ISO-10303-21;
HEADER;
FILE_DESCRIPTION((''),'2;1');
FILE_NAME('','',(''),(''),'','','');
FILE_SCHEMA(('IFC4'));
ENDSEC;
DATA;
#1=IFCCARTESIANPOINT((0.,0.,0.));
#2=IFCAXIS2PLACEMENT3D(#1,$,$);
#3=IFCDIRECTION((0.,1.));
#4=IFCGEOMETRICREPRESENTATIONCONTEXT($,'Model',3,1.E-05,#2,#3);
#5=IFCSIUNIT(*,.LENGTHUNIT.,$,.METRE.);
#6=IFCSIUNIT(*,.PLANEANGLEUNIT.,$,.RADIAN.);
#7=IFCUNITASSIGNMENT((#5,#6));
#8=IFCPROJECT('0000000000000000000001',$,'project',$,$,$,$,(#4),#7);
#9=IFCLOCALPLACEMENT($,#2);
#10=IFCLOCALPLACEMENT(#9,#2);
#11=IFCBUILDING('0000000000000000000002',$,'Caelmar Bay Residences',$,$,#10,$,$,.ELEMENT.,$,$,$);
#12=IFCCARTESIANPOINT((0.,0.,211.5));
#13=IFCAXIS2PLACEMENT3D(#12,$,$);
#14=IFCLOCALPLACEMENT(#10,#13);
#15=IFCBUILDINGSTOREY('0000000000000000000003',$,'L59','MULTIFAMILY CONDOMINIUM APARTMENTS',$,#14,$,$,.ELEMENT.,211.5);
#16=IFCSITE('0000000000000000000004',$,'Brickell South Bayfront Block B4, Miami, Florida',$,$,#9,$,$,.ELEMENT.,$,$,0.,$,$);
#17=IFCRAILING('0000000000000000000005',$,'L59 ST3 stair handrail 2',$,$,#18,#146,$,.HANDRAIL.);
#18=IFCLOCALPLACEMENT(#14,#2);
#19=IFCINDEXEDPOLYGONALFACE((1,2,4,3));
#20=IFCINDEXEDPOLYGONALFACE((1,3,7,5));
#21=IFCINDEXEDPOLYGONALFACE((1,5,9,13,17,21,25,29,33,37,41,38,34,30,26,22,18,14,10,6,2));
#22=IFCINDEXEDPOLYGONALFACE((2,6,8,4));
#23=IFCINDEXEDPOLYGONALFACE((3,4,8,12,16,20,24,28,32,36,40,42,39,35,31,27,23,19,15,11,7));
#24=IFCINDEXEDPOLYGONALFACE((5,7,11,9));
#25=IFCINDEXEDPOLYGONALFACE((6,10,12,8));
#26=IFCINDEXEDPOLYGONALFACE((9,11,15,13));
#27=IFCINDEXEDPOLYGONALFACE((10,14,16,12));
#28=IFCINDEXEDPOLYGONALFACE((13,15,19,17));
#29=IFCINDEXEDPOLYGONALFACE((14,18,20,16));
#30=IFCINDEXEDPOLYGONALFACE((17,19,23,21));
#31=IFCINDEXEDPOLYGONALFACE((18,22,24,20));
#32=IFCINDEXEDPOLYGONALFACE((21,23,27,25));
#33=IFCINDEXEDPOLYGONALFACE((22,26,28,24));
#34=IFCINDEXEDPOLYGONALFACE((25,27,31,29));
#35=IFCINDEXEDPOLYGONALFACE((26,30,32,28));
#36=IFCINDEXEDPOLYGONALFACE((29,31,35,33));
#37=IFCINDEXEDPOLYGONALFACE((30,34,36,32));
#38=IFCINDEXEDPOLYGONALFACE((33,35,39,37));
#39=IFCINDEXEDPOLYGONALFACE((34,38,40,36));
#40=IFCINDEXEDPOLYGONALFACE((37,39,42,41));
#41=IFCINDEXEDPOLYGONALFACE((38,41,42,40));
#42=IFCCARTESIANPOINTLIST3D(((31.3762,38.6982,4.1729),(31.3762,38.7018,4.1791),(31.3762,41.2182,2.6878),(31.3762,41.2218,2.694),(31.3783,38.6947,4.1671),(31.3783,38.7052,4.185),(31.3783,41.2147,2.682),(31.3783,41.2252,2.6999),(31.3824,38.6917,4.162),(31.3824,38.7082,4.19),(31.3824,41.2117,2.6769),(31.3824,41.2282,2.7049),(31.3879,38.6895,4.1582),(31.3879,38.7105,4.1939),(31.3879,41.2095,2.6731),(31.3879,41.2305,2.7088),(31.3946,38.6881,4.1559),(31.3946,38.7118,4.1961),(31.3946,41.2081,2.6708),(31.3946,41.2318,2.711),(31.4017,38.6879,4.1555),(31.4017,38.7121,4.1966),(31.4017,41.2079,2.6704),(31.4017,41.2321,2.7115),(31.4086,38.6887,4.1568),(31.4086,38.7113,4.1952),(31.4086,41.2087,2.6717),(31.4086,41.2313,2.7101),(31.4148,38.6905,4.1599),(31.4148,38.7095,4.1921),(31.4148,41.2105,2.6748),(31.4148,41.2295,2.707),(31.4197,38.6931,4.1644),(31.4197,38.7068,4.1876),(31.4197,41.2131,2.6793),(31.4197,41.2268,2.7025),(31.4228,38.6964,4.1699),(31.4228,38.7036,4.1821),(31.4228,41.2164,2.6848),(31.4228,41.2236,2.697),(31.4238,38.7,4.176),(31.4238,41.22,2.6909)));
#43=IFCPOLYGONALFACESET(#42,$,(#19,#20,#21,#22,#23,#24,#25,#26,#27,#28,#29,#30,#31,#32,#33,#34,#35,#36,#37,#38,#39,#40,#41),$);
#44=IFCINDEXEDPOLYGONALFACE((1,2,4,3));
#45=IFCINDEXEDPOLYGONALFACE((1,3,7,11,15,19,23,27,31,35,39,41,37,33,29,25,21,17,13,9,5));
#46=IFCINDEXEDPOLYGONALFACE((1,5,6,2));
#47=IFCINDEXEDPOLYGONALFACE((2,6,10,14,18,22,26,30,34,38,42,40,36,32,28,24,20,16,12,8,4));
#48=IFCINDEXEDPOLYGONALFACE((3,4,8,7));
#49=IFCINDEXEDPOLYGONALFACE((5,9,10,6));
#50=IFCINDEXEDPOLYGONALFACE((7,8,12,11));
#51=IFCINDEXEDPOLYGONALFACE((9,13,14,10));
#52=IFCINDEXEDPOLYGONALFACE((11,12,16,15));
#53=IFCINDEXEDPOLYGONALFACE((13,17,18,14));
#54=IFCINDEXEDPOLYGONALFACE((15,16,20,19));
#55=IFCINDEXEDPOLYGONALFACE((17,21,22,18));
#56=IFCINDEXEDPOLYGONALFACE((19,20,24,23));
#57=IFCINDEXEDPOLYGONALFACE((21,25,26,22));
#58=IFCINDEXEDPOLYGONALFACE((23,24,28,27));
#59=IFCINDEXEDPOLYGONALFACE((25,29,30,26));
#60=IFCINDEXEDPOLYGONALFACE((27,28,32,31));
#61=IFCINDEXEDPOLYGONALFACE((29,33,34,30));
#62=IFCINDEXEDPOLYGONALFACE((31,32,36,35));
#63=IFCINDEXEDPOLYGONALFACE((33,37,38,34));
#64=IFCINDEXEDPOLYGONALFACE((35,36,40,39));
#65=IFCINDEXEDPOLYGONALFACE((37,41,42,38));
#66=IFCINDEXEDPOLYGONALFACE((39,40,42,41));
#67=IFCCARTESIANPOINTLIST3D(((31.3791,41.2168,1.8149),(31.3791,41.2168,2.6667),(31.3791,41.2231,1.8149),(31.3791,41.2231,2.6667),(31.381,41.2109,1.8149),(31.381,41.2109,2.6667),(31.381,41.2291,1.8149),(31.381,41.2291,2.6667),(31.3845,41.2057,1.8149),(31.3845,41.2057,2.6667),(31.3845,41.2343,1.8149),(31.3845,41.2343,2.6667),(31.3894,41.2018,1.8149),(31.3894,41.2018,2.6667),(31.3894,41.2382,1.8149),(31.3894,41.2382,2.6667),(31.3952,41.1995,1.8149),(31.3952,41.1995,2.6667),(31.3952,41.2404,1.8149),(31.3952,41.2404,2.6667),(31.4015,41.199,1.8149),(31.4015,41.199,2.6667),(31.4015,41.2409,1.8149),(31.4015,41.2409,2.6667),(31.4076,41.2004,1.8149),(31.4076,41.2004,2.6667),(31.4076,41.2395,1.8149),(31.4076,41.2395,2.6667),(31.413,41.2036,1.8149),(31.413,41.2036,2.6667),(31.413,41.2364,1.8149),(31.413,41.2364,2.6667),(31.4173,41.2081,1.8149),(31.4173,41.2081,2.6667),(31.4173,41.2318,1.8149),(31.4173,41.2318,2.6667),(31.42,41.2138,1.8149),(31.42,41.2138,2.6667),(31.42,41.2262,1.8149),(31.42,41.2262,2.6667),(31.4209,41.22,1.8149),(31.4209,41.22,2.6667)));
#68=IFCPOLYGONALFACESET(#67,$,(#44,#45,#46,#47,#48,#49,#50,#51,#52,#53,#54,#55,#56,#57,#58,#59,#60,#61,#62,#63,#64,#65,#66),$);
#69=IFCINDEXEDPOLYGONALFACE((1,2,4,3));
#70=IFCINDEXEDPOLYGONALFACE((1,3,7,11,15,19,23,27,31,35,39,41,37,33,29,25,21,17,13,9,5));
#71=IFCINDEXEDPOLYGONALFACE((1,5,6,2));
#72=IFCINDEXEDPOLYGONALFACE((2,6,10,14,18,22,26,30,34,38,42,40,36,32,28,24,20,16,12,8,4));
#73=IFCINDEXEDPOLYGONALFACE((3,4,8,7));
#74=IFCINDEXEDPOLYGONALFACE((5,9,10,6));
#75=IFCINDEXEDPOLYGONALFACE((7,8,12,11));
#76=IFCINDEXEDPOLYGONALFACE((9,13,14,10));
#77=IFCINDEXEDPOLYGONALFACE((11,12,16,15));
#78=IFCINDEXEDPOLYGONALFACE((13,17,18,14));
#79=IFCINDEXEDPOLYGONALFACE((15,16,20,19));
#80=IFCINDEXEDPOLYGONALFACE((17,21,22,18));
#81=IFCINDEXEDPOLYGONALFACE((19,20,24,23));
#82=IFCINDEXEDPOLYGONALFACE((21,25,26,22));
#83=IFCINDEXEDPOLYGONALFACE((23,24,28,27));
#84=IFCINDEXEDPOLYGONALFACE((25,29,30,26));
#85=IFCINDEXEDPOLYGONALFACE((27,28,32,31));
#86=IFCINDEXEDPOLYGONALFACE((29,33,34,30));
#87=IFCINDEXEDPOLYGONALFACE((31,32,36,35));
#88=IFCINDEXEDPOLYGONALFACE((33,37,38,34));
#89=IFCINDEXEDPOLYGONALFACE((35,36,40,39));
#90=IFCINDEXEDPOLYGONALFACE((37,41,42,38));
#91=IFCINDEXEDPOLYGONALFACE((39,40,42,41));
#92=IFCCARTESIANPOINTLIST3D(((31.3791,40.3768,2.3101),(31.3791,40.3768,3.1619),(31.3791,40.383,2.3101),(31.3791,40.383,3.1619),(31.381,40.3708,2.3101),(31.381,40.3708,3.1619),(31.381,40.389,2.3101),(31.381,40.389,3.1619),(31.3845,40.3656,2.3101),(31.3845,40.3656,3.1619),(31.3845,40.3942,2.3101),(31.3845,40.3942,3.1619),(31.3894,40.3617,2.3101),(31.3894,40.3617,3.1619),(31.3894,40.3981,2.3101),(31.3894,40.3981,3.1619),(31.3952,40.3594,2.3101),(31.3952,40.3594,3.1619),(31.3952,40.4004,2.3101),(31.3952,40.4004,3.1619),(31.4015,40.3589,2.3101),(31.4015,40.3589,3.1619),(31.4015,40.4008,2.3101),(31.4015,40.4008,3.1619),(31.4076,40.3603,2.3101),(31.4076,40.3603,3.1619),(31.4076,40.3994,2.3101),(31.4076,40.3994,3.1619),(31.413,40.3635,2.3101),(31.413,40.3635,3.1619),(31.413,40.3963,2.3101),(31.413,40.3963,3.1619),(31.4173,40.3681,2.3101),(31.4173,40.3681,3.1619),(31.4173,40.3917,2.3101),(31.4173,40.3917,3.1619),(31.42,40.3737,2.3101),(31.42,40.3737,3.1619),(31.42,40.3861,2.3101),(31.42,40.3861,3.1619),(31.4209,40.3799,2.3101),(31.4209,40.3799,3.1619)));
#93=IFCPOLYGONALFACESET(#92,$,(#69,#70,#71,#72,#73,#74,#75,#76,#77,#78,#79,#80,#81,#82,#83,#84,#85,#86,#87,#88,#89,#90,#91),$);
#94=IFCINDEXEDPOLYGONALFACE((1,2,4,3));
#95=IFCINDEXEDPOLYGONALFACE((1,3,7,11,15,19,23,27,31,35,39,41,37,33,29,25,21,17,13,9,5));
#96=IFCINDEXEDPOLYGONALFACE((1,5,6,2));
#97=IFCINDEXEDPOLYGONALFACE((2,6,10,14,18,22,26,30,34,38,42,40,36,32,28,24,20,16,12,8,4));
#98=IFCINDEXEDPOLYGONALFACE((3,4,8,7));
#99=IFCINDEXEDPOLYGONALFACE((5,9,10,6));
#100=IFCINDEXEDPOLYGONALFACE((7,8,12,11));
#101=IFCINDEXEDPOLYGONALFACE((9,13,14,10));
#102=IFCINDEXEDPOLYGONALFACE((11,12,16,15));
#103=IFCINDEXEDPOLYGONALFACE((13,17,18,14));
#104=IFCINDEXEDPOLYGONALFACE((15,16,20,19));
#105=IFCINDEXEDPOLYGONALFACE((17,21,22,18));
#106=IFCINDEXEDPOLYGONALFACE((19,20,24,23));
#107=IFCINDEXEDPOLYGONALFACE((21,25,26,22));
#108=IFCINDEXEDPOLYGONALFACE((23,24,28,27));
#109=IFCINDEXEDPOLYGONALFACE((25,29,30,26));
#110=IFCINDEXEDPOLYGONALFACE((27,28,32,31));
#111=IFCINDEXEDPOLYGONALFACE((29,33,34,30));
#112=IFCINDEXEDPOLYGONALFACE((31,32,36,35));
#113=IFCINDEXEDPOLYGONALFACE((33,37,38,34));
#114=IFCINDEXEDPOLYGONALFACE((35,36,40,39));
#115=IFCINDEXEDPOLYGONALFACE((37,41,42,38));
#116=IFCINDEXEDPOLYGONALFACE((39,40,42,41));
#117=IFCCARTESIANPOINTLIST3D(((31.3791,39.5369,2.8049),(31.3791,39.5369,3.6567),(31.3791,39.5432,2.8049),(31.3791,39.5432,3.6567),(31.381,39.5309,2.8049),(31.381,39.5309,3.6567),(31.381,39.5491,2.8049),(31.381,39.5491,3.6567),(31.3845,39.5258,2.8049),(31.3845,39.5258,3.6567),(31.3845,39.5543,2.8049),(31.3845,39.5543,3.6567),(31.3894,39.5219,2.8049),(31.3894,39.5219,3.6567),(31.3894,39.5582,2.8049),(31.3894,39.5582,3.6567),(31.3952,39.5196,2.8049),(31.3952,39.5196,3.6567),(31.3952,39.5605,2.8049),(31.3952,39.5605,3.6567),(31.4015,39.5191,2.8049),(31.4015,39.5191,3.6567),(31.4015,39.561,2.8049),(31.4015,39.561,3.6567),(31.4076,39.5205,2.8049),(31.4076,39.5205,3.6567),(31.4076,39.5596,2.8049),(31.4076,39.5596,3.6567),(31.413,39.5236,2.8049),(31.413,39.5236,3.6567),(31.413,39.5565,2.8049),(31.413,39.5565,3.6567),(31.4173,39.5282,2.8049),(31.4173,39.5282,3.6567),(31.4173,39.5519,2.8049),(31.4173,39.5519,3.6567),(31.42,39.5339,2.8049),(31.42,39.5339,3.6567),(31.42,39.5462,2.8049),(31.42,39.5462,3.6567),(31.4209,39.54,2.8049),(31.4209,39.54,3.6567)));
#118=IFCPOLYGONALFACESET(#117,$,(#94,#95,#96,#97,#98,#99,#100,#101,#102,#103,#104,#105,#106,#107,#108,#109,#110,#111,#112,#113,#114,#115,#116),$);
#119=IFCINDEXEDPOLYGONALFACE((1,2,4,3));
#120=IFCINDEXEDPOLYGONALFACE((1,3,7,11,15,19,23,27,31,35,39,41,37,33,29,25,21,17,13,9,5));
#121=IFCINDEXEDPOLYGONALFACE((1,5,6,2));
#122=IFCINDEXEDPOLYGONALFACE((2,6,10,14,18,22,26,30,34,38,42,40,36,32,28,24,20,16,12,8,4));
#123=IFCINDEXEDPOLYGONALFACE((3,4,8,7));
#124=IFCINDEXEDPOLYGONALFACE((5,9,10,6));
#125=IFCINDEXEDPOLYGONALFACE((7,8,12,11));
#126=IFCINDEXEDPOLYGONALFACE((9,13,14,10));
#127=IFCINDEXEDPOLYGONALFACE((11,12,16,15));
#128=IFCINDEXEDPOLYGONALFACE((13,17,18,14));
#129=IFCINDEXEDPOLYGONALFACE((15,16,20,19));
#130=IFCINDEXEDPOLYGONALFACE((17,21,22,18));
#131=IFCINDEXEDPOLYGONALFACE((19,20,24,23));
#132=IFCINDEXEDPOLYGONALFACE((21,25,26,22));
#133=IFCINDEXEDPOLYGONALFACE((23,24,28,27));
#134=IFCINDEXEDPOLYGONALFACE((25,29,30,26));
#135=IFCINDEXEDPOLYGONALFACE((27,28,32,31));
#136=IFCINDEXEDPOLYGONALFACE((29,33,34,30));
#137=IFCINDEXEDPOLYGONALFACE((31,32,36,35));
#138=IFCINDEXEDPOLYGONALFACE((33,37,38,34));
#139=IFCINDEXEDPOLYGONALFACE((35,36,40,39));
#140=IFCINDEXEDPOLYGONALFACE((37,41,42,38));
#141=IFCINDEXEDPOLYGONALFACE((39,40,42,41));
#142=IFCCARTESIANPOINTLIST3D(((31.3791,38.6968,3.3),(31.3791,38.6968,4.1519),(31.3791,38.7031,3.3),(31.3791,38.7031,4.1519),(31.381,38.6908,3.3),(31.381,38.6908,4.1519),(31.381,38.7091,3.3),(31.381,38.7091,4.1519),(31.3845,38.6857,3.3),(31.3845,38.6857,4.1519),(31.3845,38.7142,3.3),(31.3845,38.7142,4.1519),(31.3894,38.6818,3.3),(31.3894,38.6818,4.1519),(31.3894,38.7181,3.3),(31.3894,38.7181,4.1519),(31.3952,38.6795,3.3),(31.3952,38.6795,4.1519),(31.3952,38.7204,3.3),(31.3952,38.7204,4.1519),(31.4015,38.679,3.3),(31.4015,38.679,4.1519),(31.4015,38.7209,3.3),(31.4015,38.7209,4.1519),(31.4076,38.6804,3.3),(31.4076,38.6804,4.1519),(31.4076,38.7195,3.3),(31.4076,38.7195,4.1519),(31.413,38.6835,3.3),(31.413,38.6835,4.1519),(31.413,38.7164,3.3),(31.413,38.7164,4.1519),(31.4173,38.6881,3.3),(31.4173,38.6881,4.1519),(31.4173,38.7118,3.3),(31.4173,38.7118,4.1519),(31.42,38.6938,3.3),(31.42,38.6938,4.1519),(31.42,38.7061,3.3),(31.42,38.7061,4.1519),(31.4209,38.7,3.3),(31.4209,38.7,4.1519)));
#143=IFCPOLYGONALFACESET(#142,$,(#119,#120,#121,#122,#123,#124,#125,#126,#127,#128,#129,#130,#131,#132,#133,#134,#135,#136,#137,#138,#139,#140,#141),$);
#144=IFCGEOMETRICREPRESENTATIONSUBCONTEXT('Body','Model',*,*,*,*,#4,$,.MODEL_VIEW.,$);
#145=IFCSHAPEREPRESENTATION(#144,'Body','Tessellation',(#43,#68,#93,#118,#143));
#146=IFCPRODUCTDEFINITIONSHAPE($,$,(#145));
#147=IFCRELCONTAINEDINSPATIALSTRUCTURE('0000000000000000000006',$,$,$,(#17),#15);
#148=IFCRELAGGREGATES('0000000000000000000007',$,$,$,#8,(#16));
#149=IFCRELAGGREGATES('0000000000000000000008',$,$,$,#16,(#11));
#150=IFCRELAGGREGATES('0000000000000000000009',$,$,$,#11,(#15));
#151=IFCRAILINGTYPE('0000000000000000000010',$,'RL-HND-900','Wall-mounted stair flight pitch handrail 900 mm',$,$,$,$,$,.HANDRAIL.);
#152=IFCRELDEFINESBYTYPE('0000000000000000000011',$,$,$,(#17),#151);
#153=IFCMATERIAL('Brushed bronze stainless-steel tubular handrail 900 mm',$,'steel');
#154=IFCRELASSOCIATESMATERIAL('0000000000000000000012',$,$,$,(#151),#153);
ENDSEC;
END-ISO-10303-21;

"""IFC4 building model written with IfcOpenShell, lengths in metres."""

from ifc_helpers import new_model, si_unit, direction, frame, origin, origin_2d, place, context, subcontext, project, spatial, circle, extrude, material, type_object, element, save


model = new_model("IFC4")

# Units and contexts
model_context = context("Model", 3, precision=1e-05, world=origin(), true_north=direction((0.0, 1.0)))
body_context = subcontext(model_context, "Body", "Model", "MODEL_VIEW")
ifc_project = project(units=[si_unit("LENGTHUNIT", "METRE"), si_unit("PLANEANGLEUNIT", "RADIAN")], contexts=[model_context])

# Site, building, storey
site_placement = place(None, origin())
site = spatial("IfcSite", under=ifc_project, at=site_placement, Name="Brickell South Bayfront Block B4, Miami, Florida", CompositionType="ELEMENT", RefElevation=0.0)
building_placement = place(site_placement, origin())
building = spatial("IfcBuilding", under=site, at=building_placement, Name="Caelmar Bay Residences", CompositionType="ELEMENT")
storey_placement = place(building_placement, frame((0.0, 0.0, 211.5)))
storey = spatial("IfcBuildingStorey", under=building, at=storey_placement, Name="L59", Description="MULTIFAMILY CONDOMINIUM APARTMENTS", CompositionType="ELEMENT", Elevation=211.5)

# Railing
ifc_material_1 = material(Name="Brushed bronze stainless-steel tubular handrail 900 mm", Category="steel")
railing_type_1 = type_object("IfcRailingType", Name="RL-HND-900", Description="Wall-mounted stair flight pitch handrail 900 mm", PredefinedType="HANDRAIL", material=ifc_material_1)
railing_1_placement = place(storey_placement, frame((31.3999, 41.22, 1.8149)))
element("IfcRailing", 1, at=railing_1_placement, inside=storey, type_object=railing_type_1, Name="L59 ST3 stair handrail 2", PredefinedType="HANDRAIL", context=body_context, shape_type="SweptSolid", body=[
    extrude(circle(Radius=0.0239, at=origin_2d()), frame((0.0, 0.0, 0.876), z_axis=(0.0, -0.861524, 0.507717), x_axis=(1.0, 0.0, 0.0)), (0.0, 0.0, 1.0), 2.925),
    extrude(circle(Radius=0.021, at=origin_2d()), origin(), (0.0, 0.0, 1.0), 0.8518),
    extrude(circle(Radius=0.021, at=origin_2d()), frame((0.0, -0.8401, 0.4951)), (0.0, 0.0, 1.0), 0.8518),
    extrude(circle(Radius=0.021, at=origin_2d()), frame((0.0, -1.6799, 0.99)), (0.0, 0.0, 1.0), 0.8518),
    extrude(circle(Radius=0.021, at=origin_2d()), frame((0.0, -2.52, 1.4851)), (0.0, 0.0, 1.0), 0.8518),
])

save(model, "model.ifc")
